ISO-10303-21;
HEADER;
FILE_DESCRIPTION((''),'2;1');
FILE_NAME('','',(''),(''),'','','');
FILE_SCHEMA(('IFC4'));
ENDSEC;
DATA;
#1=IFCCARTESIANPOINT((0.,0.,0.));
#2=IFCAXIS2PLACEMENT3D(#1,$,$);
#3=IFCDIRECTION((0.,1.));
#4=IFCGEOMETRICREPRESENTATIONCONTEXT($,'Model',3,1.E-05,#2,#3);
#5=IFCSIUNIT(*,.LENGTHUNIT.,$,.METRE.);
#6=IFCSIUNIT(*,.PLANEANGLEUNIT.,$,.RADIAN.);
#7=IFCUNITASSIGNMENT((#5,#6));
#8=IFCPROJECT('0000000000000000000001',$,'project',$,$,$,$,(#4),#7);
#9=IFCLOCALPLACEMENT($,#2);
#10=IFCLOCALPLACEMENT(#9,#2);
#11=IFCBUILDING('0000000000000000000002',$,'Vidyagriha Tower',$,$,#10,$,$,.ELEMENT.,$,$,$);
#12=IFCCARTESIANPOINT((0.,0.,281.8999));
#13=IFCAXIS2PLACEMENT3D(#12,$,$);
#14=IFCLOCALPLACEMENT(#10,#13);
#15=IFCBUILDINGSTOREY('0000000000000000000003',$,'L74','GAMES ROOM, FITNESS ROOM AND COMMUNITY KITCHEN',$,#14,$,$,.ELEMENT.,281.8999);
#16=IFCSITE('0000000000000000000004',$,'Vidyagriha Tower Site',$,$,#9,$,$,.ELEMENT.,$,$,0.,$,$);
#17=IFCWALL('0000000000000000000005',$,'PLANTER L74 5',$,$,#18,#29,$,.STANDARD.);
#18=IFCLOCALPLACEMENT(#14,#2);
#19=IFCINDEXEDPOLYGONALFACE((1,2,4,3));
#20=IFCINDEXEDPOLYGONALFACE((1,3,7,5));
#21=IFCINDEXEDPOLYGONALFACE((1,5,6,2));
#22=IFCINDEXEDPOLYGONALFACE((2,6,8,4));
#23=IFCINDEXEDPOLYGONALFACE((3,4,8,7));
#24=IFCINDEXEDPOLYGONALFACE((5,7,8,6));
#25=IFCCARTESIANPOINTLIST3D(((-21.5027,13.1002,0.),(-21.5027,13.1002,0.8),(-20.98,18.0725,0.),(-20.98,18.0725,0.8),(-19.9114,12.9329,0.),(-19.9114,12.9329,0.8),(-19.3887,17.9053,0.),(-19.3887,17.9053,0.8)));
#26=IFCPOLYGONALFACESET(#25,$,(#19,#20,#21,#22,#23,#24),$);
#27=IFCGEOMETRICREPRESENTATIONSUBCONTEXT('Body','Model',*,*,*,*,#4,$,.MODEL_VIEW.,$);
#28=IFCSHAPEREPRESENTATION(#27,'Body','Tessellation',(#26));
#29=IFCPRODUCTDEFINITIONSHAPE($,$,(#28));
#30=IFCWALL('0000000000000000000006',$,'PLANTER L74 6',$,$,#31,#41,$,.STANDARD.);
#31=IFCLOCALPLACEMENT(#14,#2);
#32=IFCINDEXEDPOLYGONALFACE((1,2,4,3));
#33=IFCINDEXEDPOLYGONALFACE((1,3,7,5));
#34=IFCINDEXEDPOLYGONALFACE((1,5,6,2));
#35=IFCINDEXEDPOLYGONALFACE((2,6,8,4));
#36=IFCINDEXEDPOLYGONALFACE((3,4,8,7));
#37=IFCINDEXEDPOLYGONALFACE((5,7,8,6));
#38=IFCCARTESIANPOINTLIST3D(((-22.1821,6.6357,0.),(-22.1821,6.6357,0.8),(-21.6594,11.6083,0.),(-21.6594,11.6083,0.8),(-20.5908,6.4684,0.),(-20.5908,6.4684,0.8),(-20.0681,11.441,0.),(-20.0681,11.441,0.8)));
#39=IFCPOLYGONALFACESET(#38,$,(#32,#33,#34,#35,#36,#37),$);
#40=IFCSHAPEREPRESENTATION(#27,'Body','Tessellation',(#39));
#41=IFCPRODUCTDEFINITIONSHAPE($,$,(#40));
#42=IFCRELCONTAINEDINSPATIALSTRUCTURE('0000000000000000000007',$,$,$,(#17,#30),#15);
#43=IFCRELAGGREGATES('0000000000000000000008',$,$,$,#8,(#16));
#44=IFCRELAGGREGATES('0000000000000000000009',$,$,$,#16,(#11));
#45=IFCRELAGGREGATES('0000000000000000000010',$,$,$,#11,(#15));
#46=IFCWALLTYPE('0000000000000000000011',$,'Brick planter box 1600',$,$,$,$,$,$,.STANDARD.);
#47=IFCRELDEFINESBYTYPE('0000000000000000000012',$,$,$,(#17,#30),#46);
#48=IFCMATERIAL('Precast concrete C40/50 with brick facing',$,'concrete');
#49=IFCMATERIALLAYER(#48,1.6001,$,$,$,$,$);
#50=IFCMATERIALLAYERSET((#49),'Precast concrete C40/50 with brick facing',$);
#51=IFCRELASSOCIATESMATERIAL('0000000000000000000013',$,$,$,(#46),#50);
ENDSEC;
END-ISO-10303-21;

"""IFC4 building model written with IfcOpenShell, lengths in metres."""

from ifc_helpers import new_model, si_unit, direction, frame, frame_2d, origin, place, context, subcontext, project, spatial, rectangle, extrude, material, layer, layer_set, type_object, element, save


model = new_model("IFC4")

# Units and contexts
model_context = context("Model", 3, precision=1e-05, world=origin(), true_north=direction((0.0, 1.0)))
body_context = subcontext(model_context, "Body", "Model", "MODEL_VIEW")
ifc_project = project(units=[si_unit("LENGTHUNIT", "METRE"), si_unit("PLANEANGLEUNIT", "RADIAN")], contexts=[model_context])

# Site, building, storey
site_placement = place(None, origin())
site = spatial("IfcSite", under=ifc_project, at=site_placement, Name="Vidyagriha Tower Site", CompositionType="ELEMENT", RefElevation=0.0)
building_placement = place(site_placement, origin())
building = spatial("IfcBuilding", under=site, at=building_placement, Name="Vidyagriha Tower", CompositionType="ELEMENT")
storey_placement = place(building_placement, frame((0.0, 0.0, 281.8999)))
storey = spatial("IfcBuildingStorey", under=building, at=storey_placement, Name="L74", Description="GAMES ROOM, FITNESS ROOM AND COMMUNITY KITCHEN", CompositionType="ELEMENT", Elevation=281.8999)

# Walls
ifc_material_1 = material(Name="Precast concrete C40/50 with brick facing", Category="concrete")
ifc_layer_1 = layer(ifc_material_1, 1.6001)
ifc_layer_set_1 = layer_set([ifc_layer_1], Name="Precast concrete C40/50 with brick facing")
wall_type = type_object("IfcWallType", Name="Brick planter box 1600", PredefinedType="STANDARD", material=ifc_layer_set_1)
wall_1_placement = place(storey_placement, frame((-20.1843, 17.989, 0.0), z_axis=(0.0, 0.0, 1.0), x_axis=(-0.104545, -0.99452, 0.0)))
element("IfcWall", 1, at=wall_1_placement, inside=storey, type_object=wall_type, Name="PLANTER L74 5", PredefinedType="STANDARD", context=body_context, shape_type="SweptSolid", body=[
    extrude(rectangle(XDim=4.9998, YDim=1.6001, at=frame_2d((2.5, 0.0))), origin(), (0.0, 0.0, 1.0), 0.8),
])
wall_2_placement = place(storey_placement, frame((-20.8638, 11.5247, 0.0), z_axis=(0.0, 0.0, 1.0), x_axis=(-0.10454, -0.994521, 0.0)))
element("IfcWall", 2, at=wall_2_placement, inside=storey, type_object=wall_type, Name="PLANTER L74 6", PredefinedType="STANDARD", context=body_context, shape_type="SweptSolid", body=[
    extrude(rectangle(XDim=5.0, YDim=1.6001, at=frame_2d((2.5, 0.0))), origin(), (0.0, 0.0, 1.0), 0.8),
])

save(model, "model.ifc")
